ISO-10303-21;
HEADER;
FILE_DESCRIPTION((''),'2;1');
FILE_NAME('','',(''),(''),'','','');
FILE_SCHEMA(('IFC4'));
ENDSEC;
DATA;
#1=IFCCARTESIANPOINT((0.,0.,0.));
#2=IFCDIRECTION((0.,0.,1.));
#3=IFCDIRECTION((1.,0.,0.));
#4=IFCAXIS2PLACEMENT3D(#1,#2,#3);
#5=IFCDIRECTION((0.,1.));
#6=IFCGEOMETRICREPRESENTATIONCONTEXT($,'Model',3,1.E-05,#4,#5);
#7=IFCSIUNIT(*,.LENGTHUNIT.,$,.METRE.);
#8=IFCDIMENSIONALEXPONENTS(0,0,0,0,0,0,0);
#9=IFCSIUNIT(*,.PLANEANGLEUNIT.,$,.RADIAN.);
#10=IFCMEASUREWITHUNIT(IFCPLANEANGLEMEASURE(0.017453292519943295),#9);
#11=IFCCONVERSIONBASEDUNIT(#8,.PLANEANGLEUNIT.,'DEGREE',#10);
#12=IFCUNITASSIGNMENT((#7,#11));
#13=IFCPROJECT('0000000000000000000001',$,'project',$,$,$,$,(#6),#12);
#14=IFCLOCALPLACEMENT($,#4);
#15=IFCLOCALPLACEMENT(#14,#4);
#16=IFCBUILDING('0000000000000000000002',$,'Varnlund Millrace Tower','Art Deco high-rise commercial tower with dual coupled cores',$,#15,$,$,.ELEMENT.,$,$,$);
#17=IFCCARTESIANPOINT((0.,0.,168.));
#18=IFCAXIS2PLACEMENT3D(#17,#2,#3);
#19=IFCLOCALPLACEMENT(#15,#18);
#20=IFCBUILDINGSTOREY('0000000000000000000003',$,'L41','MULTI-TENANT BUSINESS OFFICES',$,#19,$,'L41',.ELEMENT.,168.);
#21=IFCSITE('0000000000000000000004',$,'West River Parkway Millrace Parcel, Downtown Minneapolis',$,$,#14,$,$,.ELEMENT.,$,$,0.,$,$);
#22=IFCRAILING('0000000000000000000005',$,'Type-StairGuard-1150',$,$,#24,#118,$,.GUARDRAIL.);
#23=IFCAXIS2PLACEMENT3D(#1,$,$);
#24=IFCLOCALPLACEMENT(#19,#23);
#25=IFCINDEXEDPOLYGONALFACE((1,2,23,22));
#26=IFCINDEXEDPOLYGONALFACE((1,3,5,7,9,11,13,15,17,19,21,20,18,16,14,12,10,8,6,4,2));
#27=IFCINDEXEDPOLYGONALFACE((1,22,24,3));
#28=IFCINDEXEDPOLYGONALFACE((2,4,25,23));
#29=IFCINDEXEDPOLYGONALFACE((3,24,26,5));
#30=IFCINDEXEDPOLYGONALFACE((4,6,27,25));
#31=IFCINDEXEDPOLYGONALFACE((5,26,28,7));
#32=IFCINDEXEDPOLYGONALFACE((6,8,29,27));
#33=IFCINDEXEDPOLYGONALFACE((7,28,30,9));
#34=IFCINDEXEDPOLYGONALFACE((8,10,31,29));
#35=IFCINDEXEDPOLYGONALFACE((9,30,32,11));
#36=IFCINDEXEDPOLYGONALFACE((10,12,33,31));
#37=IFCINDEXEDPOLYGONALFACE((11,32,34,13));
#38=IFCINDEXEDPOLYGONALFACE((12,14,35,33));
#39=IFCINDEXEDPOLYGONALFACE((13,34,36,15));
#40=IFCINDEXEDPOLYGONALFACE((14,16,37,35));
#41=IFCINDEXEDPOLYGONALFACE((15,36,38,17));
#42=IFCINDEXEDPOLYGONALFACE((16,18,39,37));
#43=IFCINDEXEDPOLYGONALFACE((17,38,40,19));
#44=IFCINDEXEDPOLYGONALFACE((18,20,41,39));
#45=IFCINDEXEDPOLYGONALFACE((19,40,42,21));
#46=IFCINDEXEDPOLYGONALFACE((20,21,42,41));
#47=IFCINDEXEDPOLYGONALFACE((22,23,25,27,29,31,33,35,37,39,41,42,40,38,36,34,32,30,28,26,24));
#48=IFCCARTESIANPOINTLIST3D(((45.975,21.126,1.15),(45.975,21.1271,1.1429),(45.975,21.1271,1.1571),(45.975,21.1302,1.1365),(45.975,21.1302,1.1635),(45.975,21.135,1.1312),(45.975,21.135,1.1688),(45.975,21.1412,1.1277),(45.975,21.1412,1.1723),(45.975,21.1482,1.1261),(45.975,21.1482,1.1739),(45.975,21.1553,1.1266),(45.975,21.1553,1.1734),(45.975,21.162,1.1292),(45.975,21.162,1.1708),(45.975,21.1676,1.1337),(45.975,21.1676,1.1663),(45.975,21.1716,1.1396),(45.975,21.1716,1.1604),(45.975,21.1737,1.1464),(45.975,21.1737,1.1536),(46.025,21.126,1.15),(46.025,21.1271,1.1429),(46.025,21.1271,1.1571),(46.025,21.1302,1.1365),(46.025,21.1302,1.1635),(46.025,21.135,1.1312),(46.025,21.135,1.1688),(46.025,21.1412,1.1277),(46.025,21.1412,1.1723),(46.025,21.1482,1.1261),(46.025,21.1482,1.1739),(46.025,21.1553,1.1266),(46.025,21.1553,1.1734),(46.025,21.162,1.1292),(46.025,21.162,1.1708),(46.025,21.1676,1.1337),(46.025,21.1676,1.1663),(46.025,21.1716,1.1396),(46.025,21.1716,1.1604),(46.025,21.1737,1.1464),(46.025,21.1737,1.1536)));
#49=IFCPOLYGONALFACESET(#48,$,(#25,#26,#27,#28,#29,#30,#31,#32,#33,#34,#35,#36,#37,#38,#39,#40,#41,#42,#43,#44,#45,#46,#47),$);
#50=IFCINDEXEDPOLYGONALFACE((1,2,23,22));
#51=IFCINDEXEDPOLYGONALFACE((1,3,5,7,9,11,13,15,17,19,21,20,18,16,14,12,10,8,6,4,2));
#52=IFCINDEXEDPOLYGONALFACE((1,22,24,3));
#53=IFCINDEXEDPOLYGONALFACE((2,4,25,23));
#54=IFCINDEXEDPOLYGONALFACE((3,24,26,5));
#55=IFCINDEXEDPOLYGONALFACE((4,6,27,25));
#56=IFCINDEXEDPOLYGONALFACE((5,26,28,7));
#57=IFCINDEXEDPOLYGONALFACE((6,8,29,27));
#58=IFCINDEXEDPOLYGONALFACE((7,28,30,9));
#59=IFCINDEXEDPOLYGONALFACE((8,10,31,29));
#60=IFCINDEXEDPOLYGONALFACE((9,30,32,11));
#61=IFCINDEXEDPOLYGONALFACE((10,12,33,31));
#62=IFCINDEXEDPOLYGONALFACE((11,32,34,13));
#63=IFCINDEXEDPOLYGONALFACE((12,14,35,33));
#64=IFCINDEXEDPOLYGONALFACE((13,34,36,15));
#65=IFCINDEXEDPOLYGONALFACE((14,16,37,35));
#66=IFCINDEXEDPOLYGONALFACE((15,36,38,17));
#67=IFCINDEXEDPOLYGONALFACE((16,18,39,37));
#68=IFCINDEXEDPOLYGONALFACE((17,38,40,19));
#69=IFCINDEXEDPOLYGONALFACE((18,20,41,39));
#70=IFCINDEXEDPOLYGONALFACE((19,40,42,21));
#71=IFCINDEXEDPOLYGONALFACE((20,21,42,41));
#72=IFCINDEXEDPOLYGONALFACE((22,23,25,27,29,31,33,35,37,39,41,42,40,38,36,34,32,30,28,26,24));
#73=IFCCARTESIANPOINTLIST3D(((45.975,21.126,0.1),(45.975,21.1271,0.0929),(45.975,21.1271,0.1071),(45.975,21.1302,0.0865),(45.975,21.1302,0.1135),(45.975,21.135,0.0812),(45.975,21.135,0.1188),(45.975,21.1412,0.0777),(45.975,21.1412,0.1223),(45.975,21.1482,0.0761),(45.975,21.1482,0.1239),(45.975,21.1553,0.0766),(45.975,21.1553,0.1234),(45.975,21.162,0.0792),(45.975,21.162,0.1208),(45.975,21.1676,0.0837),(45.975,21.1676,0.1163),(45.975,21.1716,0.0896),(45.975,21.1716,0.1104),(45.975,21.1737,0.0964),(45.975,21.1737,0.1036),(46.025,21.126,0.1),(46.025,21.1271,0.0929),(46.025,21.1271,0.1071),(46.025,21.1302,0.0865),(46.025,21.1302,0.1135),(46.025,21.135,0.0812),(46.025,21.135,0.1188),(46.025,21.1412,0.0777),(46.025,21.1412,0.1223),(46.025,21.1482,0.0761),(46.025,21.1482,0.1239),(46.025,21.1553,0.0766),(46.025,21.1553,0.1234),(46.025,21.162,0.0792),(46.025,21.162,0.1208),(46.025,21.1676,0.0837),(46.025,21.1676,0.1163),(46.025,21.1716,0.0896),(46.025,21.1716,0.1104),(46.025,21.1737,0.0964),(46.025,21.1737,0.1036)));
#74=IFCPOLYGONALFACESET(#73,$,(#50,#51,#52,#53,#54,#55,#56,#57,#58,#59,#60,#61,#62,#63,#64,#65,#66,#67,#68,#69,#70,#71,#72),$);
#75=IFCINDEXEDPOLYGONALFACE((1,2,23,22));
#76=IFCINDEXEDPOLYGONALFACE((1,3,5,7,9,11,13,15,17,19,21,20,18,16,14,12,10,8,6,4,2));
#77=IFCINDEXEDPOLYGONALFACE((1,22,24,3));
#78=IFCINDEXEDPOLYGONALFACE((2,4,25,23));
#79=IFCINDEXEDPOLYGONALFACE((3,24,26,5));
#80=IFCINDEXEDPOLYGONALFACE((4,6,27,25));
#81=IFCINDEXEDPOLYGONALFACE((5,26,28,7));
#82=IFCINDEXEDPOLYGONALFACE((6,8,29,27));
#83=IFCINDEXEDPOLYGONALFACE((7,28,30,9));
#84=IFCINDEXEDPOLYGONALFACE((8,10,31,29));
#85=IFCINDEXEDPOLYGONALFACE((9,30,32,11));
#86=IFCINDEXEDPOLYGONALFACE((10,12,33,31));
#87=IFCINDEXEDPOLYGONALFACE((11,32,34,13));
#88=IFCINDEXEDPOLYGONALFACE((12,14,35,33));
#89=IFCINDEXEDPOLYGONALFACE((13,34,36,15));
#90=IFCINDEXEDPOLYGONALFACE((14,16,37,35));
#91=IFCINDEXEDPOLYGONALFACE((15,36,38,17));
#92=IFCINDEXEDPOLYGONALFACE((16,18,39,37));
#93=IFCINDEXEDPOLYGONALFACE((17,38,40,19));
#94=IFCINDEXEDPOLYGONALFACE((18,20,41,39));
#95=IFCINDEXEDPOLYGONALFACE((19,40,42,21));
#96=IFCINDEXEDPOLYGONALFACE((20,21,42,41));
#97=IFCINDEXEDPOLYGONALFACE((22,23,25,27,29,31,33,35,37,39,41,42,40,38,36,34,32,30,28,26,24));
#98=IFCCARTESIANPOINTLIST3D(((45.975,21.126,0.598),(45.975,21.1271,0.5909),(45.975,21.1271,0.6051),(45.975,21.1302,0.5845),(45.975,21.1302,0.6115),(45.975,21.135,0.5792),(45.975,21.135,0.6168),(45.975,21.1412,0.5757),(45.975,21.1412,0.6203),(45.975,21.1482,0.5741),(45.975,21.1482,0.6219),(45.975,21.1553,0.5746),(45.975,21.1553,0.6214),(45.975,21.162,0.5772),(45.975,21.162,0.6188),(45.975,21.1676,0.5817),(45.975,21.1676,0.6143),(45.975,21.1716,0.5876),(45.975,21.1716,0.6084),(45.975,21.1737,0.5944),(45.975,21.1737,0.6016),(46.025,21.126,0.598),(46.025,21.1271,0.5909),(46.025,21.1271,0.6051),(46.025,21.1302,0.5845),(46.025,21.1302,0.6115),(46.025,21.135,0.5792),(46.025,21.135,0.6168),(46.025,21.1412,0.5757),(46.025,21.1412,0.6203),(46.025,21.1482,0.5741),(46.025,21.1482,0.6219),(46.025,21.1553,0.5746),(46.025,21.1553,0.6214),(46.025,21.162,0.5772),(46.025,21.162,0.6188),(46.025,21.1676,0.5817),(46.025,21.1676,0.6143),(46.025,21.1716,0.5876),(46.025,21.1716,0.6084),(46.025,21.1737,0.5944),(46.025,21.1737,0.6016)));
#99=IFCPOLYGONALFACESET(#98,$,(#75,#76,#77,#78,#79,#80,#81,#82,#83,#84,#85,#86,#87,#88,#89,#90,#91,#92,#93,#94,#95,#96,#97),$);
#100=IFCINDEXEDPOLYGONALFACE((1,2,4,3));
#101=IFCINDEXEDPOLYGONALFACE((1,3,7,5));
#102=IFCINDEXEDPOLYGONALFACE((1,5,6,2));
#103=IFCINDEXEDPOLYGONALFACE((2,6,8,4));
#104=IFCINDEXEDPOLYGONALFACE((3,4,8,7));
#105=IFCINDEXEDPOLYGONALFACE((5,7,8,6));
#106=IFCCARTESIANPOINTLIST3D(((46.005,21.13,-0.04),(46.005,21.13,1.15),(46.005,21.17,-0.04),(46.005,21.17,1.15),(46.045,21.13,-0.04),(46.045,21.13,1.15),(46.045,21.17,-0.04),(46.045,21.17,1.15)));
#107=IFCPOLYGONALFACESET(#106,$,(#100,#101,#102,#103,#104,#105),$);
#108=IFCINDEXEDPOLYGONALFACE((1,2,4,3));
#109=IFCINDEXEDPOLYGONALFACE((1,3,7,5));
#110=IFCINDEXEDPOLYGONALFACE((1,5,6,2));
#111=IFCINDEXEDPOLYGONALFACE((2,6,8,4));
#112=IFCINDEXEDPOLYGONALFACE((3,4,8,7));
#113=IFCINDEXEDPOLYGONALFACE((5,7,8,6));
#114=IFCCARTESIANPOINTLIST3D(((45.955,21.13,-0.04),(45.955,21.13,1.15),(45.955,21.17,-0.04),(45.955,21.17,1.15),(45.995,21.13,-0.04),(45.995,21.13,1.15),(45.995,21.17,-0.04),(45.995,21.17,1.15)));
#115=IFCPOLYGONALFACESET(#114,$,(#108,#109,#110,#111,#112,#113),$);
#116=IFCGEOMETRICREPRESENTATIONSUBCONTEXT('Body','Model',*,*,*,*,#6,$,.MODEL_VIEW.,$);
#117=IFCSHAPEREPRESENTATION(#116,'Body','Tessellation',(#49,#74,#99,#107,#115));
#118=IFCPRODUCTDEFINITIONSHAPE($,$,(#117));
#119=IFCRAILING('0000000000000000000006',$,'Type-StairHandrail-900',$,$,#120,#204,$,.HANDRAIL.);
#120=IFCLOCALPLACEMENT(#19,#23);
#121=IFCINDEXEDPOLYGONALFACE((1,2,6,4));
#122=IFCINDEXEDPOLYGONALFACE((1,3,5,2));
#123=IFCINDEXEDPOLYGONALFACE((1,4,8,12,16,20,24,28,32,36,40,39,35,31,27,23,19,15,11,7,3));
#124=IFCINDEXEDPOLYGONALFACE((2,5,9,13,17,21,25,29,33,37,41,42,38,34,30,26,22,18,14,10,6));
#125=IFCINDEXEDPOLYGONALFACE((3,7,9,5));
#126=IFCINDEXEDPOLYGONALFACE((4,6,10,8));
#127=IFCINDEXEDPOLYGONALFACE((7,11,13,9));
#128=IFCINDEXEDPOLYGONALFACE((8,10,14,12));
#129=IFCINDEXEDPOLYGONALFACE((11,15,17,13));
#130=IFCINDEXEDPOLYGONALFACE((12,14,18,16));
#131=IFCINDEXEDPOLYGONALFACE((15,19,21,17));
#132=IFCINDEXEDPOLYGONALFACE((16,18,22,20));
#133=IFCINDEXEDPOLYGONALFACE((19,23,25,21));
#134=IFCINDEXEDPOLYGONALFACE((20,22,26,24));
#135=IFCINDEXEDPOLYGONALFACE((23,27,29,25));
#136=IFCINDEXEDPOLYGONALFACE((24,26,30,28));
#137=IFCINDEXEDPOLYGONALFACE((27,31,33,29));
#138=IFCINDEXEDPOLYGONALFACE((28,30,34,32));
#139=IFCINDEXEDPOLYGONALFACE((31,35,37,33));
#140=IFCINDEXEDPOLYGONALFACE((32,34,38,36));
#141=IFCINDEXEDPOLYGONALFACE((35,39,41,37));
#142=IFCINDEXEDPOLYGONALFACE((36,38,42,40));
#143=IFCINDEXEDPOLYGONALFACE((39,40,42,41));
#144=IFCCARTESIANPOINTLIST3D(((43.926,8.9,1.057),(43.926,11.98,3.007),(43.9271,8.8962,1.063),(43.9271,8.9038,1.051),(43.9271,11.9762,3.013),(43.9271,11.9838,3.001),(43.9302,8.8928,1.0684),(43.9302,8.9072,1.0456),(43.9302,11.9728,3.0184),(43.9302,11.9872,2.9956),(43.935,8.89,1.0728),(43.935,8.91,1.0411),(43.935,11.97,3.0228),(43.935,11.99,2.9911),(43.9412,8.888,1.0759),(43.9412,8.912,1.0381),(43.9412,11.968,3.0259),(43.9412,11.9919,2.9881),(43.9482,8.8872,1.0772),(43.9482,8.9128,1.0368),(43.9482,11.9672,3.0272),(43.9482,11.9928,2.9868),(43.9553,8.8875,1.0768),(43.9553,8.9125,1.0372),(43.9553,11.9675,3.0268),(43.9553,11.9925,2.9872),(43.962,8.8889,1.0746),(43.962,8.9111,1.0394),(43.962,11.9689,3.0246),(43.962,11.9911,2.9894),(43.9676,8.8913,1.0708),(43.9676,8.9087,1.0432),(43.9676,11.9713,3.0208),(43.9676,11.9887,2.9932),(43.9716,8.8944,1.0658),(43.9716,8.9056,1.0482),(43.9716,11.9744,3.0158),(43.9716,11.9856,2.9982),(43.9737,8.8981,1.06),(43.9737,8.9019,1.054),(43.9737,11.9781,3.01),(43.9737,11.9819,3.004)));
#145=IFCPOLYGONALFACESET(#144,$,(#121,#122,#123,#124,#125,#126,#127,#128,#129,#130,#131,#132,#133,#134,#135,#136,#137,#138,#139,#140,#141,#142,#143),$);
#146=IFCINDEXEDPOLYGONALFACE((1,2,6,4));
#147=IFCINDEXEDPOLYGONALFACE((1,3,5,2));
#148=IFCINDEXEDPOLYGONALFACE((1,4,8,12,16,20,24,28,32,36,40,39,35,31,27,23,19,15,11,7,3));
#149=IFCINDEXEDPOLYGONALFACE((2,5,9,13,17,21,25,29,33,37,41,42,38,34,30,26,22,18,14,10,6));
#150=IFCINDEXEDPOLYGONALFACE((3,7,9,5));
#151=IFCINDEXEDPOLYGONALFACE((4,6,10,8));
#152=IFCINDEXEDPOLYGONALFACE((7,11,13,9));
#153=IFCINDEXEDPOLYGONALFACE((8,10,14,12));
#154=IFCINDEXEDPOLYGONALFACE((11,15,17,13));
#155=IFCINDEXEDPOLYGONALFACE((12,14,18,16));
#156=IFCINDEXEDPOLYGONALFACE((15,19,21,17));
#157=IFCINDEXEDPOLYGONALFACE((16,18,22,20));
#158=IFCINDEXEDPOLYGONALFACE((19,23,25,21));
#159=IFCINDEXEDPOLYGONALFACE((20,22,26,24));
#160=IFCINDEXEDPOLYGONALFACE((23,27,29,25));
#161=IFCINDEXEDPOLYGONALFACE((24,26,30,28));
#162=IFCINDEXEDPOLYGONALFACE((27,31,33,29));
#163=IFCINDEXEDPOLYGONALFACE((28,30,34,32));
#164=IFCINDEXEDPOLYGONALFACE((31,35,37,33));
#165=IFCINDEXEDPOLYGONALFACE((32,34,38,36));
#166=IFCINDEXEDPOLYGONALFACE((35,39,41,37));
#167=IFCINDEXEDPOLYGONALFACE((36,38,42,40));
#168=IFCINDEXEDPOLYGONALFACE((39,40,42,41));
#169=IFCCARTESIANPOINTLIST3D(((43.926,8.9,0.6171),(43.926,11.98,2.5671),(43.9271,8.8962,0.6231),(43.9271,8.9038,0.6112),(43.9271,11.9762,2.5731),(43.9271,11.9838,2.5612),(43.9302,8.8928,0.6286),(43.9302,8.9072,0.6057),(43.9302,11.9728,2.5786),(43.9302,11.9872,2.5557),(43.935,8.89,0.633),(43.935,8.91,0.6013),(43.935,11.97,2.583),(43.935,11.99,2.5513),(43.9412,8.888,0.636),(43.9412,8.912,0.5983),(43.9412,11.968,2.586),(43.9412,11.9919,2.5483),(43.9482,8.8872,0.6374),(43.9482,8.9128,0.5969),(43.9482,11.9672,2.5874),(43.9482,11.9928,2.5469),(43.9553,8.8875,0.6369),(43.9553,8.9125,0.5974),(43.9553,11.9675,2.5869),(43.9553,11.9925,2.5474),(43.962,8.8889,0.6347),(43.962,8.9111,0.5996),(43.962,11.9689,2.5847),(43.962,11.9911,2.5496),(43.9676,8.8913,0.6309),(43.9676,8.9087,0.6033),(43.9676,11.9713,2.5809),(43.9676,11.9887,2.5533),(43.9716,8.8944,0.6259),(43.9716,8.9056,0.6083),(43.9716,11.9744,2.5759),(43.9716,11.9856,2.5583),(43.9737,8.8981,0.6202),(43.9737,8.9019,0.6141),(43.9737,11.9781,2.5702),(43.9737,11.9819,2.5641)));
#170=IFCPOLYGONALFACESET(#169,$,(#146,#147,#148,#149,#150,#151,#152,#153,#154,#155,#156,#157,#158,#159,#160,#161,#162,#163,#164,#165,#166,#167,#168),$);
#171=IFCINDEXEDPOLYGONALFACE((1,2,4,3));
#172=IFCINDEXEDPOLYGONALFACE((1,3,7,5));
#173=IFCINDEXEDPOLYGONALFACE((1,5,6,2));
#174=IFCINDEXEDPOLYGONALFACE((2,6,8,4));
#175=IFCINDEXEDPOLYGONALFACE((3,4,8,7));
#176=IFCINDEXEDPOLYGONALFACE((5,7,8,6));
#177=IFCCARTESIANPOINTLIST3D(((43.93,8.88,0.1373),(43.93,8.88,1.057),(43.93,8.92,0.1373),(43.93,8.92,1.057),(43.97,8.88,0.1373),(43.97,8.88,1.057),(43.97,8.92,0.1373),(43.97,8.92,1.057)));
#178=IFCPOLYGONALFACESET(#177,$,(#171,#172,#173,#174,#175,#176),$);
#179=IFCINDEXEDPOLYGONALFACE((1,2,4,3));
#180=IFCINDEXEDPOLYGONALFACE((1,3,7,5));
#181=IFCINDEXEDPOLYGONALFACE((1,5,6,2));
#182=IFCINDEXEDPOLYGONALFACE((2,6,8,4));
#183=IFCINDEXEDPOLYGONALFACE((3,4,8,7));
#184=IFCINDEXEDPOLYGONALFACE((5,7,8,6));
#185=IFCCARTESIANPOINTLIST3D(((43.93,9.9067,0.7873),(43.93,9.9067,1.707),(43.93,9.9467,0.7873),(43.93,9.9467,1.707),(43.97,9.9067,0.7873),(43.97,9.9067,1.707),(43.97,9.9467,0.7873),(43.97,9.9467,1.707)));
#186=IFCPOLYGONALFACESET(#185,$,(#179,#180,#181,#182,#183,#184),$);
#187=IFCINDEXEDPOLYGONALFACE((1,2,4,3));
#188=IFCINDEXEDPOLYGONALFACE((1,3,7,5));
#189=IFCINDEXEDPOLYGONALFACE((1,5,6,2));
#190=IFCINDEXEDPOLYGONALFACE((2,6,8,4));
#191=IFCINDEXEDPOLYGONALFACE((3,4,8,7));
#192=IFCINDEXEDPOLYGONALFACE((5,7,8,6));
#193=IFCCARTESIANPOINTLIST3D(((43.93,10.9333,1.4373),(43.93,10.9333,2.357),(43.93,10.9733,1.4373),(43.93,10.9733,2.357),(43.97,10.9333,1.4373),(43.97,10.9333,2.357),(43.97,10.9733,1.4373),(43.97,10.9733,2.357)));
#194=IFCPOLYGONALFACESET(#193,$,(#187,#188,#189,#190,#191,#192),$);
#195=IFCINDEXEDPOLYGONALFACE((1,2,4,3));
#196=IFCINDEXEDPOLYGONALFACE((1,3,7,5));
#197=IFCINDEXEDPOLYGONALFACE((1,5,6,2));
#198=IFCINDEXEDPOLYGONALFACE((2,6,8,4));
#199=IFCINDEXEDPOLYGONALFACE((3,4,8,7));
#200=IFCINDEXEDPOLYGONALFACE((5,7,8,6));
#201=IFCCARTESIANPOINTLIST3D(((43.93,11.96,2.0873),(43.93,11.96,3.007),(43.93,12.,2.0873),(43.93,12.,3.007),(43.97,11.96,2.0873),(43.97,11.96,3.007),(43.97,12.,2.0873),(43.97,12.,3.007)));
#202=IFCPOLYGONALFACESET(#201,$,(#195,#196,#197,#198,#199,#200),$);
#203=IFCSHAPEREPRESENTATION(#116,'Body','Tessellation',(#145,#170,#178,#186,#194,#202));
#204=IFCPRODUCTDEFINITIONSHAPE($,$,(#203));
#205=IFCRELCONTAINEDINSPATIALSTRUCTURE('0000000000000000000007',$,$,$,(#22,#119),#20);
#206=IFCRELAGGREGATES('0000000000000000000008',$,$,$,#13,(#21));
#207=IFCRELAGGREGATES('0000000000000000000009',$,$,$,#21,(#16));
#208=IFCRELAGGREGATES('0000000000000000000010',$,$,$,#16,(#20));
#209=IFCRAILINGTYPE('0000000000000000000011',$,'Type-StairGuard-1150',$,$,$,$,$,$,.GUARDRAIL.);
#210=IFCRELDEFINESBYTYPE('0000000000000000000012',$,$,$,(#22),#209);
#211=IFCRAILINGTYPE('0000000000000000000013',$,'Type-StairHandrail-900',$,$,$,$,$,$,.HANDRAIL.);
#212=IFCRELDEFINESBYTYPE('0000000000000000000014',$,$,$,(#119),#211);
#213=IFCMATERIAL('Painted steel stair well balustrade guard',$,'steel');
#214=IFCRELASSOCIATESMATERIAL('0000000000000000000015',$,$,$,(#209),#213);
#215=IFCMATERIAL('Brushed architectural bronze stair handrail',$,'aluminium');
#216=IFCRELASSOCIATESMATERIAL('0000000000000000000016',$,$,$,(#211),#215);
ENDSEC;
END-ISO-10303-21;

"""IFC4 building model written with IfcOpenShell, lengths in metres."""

from ifc_helpers import new_model, entity, si_unit, converted_unit, direction, frame, origin_with_axes, origin_2d_with_axis, place, context, subcontext, project, spatial, rectangle, circle, extrude, material, type_object, element, save


model = new_model("IFC4")

# Units and contexts
model_context = context("Model", 3, precision=1e-05, world=origin_with_axes(), true_north=direction((0.0, 1.0)))
body_context = subcontext(model_context, "Body", "Model", "MODEL_VIEW")
ifc_project = project(units=[si_unit("LENGTHUNIT", "METRE"), converted_unit("PLANEANGLEUNIT", "DEGREE", entity("IfcPlaneAngleMeasure", 0.017453292519943295), si_unit("PLANEANGLEUNIT", "RADIAN"), dimensions=[0, 0, 0, 0, 0, 0, 0])], contexts=[model_context])

# Site, building, storey
site_placement = place(None, origin_with_axes())
site = spatial("IfcSite", under=ifc_project, at=site_placement, Name="West River Parkway Millrace Parcel, Downtown Minneapolis", CompositionType="ELEMENT", RefElevation=0.0)
building_placement = place(site_placement, origin_with_axes())
building = spatial("IfcBuilding", under=site, at=building_placement, Name="Varnlund Millrace Tower", Description="Art Deco high-rise commercial tower with dual coupled cores", CompositionType="ELEMENT")
storey_placement = place(building_placement, frame((0.0, 0.0, 168.0), z_axis=(0.0, 0.0, 1.0), x_axis=(1.0, 0.0, 0.0)))
storey = spatial("IfcBuildingStorey", under=building, at=storey_placement, Name="L41", Description="MULTI-TENANT BUSINESS OFFICES", LongName="L41", CompositionType="ELEMENT", Elevation=168.0)

# Railings
ifc_material_1 = material(Name="Painted steel stair well balustrade guard", Category="steel")
railing_type_1 = type_object("IfcRailingType", Name="Type-StairGuard-1150", PredefinedType="GUARDRAIL", material=ifc_material_1)
railing_1_placement = place(storey_placement, frame((0.0, 0.0, -168.0), z_axis=(0.0, 0.0, 1.0), x_axis=(1.0, 0.0, 0.0)))
element("IfcRailing", 1, at=railing_1_placement, inside=storey, type_object=railing_type_1, Name="Type-StairGuard-1150", PredefinedType="GUARDRAIL", context=body_context, shape_type="SweptSolid", body=[
    extrude(circle(Radius=0.024, at=origin_2d_with_axis()), frame((46.025, 21.15, 169.15), z_axis=(-1.0, 0.0, 0.0), x_axis=(0.0, -1.0, 0.0)), (0.0, 0.0, 1.0), 0.05),
    extrude(circle(Radius=0.024, at=origin_2d_with_axis()), frame((46.025, 21.15, 168.1), z_axis=(-1.0, 0.0, 0.0), x_axis=(0.0, -1.0, 0.0)), (0.0, 0.0, 1.0), 0.05),
    extrude(circle(Radius=0.024, at=origin_2d_with_axis()), frame((46.025, 21.15, 168.598), z_axis=(-1.0, 0.0, 0.0), x_axis=(0.0, -1.0, 0.0)), (0.0, 0.0, 1.0), 0.05),
    extrude(rectangle(XDim=0.04, YDim=0.04, at=origin_2d_with_axis()), frame((46.025, 21.15, 167.96), z_axis=(0.0, 0.0, 1.0), x_axis=(1.0, 0.0, 0.0)), (0.0, 0.0, 1.0), 1.19),
    extrude(rectangle(XDim=0.04, YDim=0.04, at=origin_2d_with_axis()), frame((45.975, 21.15, 167.96), z_axis=(0.0, 0.0, 1.0), x_axis=(1.0, 0.0, 0.0)), (0.0, 0.0, 1.0), 1.19),
])
ifc_material_2 = material(Name="Brushed architectural bronze stair handrail", Category="aluminium")
railing_type_2 = type_object("IfcRailingType", Name="Type-StairHandrail-900", PredefinedType="HANDRAIL", material=ifc_material_2)
railing_2_placement = place(storey_placement, frame((0.0, 0.0, -168.0), z_axis=(0.0, 0.0, 1.0), x_axis=(1.0, 0.0, 0.0)))
element("IfcRailing", 2, at=railing_2_placement, inside=storey, type_object=railing_type_2, Name="Type-StairHandrail-900", PredefinedType="HANDRAIL", context=body_context, shape_type="SweptSolid", body=[
    extrude(circle(Radius=0.024, at=origin_2d_with_axis()), frame((43.95, 8.9, 169.057), z_axis=(0.0, 0.844902, 0.534922), x_axis=(-1.0, 0.0, 0.0)), (0.0, 0.0, 1.0), 3.6454),
    extrude(circle(Radius=0.024, at=origin_2d_with_axis()), frame((43.95, 8.9, 168.6171), z_axis=(0.0, 0.844902, 0.534922), x_axis=(-1.0, 0.0, 0.0)), (0.0, 0.0, 1.0), 3.6454),
    extrude(rectangle(XDim=0.04, YDim=0.04, at=origin_2d_with_axis()), frame((43.95, 8.9, 168.1373), z_axis=(0.0, 0.0, 1.0), x_axis=(1.0, 0.0, 0.0)), (0.0, 0.0, 1.0), 0.9197),
    extrude(rectangle(XDim=0.04, YDim=0.04, at=origin_2d_with_axis()), frame((43.95, 9.9267, 168.7873), z_axis=(0.0, 0.0, 1.0), x_axis=(1.0, 0.0, 0.0)), (0.0, 0.0, 1.0), 0.9197),
    extrude(rectangle(XDim=0.04, YDim=0.04, at=origin_2d_with_axis()), frame((43.95, 10.9533, 169.4373), z_axis=(0.0, 0.0, 1.0), x_axis=(1.0, 0.0, 0.0)), (0.0, 0.0, 1.0), 0.9197),
    extrude(rectangle(XDim=0.04, YDim=0.04, at=origin_2d_with_axis()), frame((43.95, 11.98, 170.0873), z_axis=(0.0, 0.0, 1.0), x_axis=(1.0, 0.0, 0.0)), (0.0, 0.0, 1.0), 0.9197),
])

save(model, "model.ifc")
